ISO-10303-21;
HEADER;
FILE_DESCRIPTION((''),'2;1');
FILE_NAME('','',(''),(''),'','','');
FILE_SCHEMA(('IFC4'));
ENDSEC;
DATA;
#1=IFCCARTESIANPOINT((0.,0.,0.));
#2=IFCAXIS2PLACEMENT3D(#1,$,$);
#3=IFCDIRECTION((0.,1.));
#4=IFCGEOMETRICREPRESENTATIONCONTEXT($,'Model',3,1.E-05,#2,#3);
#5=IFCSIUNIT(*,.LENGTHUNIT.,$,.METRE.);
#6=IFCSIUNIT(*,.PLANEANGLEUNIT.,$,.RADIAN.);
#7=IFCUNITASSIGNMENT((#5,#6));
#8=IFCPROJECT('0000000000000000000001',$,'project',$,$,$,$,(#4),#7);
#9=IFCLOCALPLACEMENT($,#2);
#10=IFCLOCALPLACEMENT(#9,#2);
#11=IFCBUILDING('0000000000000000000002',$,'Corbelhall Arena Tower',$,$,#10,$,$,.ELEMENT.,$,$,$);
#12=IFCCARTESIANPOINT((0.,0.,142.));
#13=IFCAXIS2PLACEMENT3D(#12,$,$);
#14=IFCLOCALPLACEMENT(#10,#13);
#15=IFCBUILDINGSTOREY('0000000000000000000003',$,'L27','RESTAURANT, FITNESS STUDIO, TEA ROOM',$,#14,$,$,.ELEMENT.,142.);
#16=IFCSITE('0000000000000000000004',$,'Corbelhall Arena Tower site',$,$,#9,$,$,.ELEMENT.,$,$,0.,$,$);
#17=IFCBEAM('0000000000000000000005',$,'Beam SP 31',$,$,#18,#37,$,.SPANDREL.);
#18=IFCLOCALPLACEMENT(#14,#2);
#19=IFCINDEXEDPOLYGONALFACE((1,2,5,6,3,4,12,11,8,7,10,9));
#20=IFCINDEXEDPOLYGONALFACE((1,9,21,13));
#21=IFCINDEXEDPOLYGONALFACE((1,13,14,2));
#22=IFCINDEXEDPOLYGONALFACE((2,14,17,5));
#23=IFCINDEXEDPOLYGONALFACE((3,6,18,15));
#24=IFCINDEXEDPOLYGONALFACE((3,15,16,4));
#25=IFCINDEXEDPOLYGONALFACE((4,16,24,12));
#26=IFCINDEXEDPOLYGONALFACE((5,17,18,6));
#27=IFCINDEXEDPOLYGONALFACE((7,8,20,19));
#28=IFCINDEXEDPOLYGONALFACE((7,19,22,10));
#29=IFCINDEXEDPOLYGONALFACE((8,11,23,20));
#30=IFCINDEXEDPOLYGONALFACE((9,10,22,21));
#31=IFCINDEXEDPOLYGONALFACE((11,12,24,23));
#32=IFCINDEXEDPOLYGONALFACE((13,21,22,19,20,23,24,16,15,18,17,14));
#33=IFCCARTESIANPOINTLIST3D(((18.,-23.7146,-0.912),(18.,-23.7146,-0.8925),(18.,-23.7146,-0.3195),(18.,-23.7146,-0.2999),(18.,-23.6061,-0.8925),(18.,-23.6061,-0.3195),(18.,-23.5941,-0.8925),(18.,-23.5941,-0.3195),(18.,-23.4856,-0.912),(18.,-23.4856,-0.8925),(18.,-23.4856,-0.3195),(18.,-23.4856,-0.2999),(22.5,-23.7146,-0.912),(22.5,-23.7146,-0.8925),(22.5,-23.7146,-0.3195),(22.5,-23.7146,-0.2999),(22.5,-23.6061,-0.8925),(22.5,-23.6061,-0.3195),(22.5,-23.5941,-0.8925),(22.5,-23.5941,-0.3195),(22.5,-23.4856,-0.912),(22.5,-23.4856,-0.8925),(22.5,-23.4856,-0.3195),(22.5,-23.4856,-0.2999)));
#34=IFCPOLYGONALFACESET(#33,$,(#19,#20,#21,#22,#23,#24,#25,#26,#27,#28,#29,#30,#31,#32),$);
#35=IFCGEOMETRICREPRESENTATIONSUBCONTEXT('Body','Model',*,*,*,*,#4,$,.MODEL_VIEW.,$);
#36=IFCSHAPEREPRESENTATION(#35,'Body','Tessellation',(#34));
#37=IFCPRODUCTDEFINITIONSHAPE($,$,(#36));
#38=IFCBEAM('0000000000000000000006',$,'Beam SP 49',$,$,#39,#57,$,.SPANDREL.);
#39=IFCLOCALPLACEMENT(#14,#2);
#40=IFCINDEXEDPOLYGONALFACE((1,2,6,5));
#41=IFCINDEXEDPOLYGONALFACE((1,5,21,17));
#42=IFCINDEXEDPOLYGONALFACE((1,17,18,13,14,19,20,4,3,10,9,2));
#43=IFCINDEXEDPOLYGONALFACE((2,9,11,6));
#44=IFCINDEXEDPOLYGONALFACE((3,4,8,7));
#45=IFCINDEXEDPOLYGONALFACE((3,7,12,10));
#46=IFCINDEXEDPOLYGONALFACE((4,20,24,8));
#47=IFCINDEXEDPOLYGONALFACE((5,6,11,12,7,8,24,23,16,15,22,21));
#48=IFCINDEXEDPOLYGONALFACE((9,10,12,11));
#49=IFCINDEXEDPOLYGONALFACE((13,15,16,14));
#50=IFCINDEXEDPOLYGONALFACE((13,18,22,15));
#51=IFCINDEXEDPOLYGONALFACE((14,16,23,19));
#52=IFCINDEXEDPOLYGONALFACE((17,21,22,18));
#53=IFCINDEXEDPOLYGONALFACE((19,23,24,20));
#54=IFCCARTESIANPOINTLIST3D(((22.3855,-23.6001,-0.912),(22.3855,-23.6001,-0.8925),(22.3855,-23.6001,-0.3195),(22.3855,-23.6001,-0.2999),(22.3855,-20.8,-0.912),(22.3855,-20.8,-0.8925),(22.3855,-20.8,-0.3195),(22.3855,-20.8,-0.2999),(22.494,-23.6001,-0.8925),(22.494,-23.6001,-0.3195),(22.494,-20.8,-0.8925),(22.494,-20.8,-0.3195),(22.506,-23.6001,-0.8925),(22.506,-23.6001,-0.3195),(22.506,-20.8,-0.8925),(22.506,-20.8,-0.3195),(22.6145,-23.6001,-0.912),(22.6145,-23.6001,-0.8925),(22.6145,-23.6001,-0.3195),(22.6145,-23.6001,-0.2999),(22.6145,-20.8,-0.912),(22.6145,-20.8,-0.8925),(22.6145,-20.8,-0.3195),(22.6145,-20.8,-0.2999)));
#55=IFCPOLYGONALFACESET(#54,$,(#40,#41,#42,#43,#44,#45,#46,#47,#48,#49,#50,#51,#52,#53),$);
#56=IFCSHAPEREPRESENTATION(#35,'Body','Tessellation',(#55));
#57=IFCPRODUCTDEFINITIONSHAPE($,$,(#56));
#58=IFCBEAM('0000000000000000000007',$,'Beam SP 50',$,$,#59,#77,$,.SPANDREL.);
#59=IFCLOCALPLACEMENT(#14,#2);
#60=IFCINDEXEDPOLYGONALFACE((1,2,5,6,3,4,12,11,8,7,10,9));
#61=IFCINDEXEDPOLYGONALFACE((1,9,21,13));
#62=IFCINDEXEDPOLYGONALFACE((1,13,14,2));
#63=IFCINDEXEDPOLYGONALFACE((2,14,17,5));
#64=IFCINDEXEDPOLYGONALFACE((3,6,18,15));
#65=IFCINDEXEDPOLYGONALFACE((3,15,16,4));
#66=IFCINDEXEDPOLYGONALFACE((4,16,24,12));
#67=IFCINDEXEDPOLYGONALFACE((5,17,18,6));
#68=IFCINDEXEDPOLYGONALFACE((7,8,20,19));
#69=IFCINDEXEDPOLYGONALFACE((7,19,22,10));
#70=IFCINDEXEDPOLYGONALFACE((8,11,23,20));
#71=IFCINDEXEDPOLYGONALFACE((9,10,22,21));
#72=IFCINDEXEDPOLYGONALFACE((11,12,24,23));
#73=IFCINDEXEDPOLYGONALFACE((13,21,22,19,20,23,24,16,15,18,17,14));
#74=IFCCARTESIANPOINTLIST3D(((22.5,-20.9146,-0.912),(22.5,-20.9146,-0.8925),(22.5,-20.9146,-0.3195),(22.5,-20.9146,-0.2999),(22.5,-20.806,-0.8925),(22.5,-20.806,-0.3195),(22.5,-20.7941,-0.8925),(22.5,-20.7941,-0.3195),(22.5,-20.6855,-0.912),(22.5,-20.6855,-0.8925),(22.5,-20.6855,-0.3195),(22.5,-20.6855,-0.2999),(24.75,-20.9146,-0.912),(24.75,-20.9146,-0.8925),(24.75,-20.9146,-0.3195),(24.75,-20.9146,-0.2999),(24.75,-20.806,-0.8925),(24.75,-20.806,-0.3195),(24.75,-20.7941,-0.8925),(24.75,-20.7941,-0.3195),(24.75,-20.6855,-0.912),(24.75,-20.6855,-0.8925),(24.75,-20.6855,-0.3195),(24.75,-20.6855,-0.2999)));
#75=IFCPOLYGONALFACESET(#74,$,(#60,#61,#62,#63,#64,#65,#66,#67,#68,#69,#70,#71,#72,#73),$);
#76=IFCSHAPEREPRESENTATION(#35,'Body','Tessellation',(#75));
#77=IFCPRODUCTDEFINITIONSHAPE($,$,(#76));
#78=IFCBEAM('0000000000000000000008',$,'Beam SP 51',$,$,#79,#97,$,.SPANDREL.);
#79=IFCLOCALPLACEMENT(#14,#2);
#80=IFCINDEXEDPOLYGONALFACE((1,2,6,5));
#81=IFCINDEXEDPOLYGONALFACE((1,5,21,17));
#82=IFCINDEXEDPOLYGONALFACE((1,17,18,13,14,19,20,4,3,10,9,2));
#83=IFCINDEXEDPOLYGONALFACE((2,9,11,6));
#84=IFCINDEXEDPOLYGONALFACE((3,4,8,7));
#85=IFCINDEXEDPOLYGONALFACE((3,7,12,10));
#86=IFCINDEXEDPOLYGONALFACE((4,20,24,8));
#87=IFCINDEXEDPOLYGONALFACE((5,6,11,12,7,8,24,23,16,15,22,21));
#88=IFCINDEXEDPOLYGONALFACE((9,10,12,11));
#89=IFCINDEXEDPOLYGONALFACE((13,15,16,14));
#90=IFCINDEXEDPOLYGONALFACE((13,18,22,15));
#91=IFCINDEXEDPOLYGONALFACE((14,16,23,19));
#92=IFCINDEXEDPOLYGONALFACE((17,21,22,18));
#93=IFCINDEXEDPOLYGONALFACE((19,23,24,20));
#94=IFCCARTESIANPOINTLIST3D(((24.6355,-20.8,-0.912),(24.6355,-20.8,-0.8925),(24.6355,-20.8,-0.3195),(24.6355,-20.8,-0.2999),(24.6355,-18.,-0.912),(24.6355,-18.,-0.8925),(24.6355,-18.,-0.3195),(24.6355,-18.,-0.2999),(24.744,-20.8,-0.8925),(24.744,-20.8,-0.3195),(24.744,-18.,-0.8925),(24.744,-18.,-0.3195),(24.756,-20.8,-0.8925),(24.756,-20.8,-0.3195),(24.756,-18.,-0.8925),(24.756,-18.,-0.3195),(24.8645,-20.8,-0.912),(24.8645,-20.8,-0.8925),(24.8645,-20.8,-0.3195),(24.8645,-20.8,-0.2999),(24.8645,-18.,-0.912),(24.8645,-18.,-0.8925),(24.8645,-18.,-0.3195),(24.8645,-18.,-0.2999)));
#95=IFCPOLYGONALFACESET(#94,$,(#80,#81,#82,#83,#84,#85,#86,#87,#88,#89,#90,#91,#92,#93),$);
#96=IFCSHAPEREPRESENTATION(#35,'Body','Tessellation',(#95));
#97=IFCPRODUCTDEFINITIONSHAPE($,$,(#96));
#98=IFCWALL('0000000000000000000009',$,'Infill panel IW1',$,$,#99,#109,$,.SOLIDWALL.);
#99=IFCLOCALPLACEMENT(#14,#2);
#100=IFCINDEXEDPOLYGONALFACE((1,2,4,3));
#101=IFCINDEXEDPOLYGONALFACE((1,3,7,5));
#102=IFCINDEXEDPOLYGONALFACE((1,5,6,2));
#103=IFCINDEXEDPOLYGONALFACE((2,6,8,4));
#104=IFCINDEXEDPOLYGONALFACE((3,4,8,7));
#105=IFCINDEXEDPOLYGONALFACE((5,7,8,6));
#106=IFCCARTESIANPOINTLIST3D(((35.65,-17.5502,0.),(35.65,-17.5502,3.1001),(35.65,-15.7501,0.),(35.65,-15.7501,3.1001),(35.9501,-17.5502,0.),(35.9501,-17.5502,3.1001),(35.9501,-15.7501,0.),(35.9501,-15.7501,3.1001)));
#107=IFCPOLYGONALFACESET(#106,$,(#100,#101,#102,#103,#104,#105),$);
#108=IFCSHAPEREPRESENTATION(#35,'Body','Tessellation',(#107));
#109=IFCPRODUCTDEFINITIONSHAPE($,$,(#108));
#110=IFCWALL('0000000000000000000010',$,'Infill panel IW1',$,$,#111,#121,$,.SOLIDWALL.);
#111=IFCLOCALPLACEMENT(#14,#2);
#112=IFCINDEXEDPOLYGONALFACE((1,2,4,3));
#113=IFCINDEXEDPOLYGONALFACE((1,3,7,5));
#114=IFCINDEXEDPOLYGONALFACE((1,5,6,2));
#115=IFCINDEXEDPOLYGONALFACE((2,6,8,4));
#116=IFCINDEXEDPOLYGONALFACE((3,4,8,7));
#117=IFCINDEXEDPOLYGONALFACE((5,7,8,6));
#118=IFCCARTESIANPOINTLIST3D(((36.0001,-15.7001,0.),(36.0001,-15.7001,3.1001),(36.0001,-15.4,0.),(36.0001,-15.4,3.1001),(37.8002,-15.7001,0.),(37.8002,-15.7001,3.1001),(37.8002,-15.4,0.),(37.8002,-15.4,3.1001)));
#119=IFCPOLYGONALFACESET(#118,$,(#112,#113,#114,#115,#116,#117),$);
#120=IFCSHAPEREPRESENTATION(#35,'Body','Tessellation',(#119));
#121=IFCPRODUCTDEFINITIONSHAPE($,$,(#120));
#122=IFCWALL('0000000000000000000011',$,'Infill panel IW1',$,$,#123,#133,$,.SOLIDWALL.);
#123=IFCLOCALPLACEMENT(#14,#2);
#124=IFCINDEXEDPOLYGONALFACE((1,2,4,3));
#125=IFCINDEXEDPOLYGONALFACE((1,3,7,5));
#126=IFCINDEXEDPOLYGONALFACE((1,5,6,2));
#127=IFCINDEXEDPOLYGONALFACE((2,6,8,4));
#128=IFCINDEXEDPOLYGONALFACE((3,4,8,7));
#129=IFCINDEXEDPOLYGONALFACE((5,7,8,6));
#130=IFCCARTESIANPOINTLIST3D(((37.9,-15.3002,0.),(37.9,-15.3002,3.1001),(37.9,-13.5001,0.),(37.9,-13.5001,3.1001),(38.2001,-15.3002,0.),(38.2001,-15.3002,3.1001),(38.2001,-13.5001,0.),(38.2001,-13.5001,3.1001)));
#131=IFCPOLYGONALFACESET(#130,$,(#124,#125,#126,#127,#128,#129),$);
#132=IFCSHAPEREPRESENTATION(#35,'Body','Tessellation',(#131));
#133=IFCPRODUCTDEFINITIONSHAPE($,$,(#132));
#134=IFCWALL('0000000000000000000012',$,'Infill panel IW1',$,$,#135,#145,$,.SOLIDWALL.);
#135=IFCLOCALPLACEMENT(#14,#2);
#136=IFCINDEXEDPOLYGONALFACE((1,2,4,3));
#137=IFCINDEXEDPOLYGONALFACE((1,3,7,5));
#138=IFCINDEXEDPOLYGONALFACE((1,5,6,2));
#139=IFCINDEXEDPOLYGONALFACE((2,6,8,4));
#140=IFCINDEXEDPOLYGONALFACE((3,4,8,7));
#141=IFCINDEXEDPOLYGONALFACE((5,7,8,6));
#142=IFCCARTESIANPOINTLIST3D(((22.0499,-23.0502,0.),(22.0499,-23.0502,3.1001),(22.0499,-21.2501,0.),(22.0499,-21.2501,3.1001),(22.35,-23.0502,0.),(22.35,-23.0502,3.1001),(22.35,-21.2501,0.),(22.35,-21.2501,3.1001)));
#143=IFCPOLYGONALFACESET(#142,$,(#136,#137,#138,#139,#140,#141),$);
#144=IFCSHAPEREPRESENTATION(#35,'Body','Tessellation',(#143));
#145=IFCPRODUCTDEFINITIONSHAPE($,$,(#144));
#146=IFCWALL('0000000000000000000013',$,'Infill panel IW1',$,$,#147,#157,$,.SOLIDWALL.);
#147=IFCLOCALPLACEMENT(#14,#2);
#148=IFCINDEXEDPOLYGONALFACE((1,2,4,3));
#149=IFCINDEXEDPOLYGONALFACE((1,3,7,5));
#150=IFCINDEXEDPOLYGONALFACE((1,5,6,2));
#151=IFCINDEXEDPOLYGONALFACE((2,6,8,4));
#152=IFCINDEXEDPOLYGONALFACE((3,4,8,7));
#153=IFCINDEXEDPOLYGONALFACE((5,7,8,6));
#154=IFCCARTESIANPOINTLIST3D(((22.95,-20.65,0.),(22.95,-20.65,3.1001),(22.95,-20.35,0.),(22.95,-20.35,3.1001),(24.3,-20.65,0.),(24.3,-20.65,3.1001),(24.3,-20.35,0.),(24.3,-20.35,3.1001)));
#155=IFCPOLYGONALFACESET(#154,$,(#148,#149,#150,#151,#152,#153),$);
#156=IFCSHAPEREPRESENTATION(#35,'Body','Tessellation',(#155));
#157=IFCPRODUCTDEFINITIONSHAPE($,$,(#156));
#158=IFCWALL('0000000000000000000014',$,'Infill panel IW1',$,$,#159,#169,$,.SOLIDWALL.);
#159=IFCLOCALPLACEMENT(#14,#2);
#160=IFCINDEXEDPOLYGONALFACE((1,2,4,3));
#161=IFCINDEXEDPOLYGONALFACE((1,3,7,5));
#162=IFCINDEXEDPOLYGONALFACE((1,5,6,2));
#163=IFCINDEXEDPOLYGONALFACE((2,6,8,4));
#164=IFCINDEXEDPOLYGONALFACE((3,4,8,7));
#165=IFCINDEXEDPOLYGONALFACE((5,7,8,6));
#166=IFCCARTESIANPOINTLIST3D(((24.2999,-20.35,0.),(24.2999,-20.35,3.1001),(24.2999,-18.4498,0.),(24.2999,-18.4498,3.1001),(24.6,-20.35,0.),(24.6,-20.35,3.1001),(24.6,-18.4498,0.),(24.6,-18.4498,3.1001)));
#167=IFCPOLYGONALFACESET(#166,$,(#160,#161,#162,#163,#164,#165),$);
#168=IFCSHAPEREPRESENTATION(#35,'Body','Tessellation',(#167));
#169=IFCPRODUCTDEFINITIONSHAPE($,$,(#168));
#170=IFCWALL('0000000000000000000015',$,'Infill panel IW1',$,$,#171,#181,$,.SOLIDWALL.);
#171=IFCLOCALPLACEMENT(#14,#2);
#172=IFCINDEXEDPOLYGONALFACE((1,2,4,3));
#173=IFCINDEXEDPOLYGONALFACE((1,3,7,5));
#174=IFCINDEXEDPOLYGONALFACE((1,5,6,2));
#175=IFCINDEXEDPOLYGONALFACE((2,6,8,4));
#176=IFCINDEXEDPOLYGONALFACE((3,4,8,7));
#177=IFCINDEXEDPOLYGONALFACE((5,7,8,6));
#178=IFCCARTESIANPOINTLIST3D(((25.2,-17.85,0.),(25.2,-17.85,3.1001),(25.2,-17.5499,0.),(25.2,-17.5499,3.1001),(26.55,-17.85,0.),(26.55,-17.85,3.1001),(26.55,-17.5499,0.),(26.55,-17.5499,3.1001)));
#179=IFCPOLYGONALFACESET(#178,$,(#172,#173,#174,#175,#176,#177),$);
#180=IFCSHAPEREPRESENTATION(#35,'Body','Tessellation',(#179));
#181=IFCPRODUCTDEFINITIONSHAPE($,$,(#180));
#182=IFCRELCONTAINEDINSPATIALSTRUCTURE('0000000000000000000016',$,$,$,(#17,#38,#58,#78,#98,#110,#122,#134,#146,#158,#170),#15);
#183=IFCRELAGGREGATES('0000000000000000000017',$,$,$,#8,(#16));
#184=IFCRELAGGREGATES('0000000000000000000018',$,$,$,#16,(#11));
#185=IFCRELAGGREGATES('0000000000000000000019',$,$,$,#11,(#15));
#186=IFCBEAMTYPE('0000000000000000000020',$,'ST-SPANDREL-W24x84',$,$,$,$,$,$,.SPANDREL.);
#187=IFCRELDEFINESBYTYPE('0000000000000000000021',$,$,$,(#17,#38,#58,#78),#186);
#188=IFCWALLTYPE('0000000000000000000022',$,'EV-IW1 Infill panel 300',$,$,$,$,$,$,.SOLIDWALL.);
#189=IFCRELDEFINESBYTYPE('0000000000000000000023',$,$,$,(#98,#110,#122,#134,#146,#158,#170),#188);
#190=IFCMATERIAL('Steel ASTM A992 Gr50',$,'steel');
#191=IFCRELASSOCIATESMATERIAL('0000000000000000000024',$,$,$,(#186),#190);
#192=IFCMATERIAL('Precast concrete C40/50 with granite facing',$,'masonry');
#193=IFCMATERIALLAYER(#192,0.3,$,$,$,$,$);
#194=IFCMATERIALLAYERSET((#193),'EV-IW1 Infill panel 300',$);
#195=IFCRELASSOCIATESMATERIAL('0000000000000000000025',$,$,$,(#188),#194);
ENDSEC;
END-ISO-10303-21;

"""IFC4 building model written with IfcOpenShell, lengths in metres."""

from ifc_helpers import new_model, si_unit, direction, frame, frame_2d, origin, origin_2d, place, context, subcontext, project, spatial, rectangle, i_section, extrude, material, layer, layer_set, material_profile, profile_set, type_object, element, save


model = new_model("IFC4")

# Units and contexts
model_context = context("Model", 3, precision=1e-05, world=origin(), true_north=direction((0.0, 1.0)))
body_context = subcontext(model_context, "Body", "Model", "MODEL_VIEW")
ifc_project = project(units=[si_unit("LENGTHUNIT", "METRE"), si_unit("PLANEANGLEUNIT", "RADIAN")], contexts=[model_context])

# Site, building, storey
site_placement = place(None, origin())
site = spatial("IfcSite", under=ifc_project, at=site_placement, Name="Corbelhall Arena Tower site", CompositionType="ELEMENT", RefElevation=0.0)
building_placement = place(site_placement, origin())
building = spatial("IfcBuilding", under=site, at=building_placement, Name="Corbelhall Arena Tower", CompositionType="ELEMENT")
storey_placement = place(building_placement, frame((0.0, 0.0, 142.0)))
storey = spatial("IfcBuildingStorey", under=building, at=storey_placement, Name="L27", Description="RESTAURANT, FITNESS STUDIO, TEA ROOM", CompositionType="ELEMENT", Elevation=142.0)

# Beams
ifc_material_1 = material(Name="Steel ASTM A992 Gr50", Category="steel")
ifc_material_profile_1 = material_profile(ifc_material_1, i_section(OverallWidth=0.229, OverallDepth=0.6121, WebThickness=0.012, FlangeThickness=0.0195, at=origin_2d()))
ifc_profile_set_1 = profile_set([ifc_material_profile_1], Name="Steel ASTM A992 Gr50")
beam_type = type_object("IfcBeamType", Name="ST-SPANDREL-W24x84", PredefinedType="SPANDREL", material=ifc_profile_set_1)
beam_1_placement = place(storey_placement, frame((22.5, -23.6001, -0.606), z_axis=(-1.0, 0.0, 0.0), x_axis=(0.0, -1.0, 0.0)))
element("IfcBeam", 1, at=beam_1_placement, inside=storey, type_object=beam_type, Name="Beam SP 31", PredefinedType="SPANDREL", context=body_context, shape_type="SweptSolid", body=[
    extrude(i_section(OverallWidth=0.229, OverallDepth=0.6121, WebThickness=0.012, FlangeThickness=0.0195, at=origin_2d()), origin(), (0.0, 0.0, 1.0), 4.5),
])
beam_2_placement = place(storey_placement, frame((22.5, -20.8, -0.606), z_axis=(0.0, -1.0, 0.0), x_axis=(1.0, 0.0, 0.0)))
element("IfcBeam", 2, at=beam_2_placement, inside=storey, type_object=beam_type, Name="Beam SP 49", PredefinedType="SPANDREL", context=body_context, shape_type="SweptSolid", body=[
    extrude(i_section(OverallWidth=0.229, OverallDepth=0.6121, WebThickness=0.012, FlangeThickness=0.0195, at=origin_2d()), origin(), (0.0, 0.0, 1.0), 2.8),
])
beam_3_placement = place(storey_placement, frame((24.75, -20.8, -0.606), z_axis=(-1.0, 0.0, 0.0), x_axis=(0.0, -1.0, 0.0)))
element("IfcBeam", 3, at=beam_3_placement, inside=storey, type_object=beam_type, Name="Beam SP 50", PredefinedType="SPANDREL", context=body_context, shape_type="SweptSolid", body=[
    extrude(i_section(OverallWidth=0.229, OverallDepth=0.6121, WebThickness=0.012, FlangeThickness=0.0195, at=origin_2d()), origin(), (0.0, 0.0, 1.0), 2.25),
])
beam_4_placement = place(storey_placement, frame((24.75, -18.0, -0.606), z_axis=(0.0, -1.0, 0.0), x_axis=(1.0, 0.0, 0.0)))
element("IfcBeam", 4, at=beam_4_placement, inside=storey, type_object=beam_type, Name="Beam SP 51", PredefinedType="SPANDREL", context=body_context, shape_type="SweptSolid", body=[
    extrude(i_section(OverallWidth=0.229, OverallDepth=0.6121, WebThickness=0.012, FlangeThickness=0.0195, at=origin_2d()), origin(), (0.0, 0.0, 1.0), 2.8),
])

# Walls
ifc_material_2 = material(Name="Precast concrete C40/50 with granite facing", Category="masonry")
ifc_layer = layer(ifc_material_2, 0.3)
ifc_layer_set = layer_set([ifc_layer], Name="EV-IW1 Infill panel 300")
wall_type = type_object("IfcWallType", Name="EV-IW1 Infill panel 300", PredefinedType="SOLIDWALL", material=ifc_layer_set)
for number, where, z_axis, x_axis, name in (
    (5, (35.8, -17.55, 0.0), (0.0, 0.0, 1.0), (0.0, 1.0, 0.0), "Infill panel IW1"),
    (6, (37.8, -15.55, 0.0), (0.0, 0.0, 1.0), (-1.0, 0.0, 0.0), "Infill panel IW1"),
    (7, (38.05, -15.3, 0.0), (0.0, 0.0, 1.0), (0.0, 1.0, 0.0), "Infill panel IW1"),
    (8, (22.2, -23.05, 0.0), (0.0, 0.0, 1.0), (0.0, 1.0, 0.0), "Infill panel IW1"),
):
    element("IfcWall", number, at=place(storey_placement, frame(where, z_axis=z_axis, x_axis=x_axis)), inside=storey, type_object=wall_type, Name=name, PredefinedType="SOLIDWALL", context=body_context, shape_type="SweptSolid", body=[
        extrude(rectangle(XDim=1.8, YDim=0.3, at=frame_2d((0.8999, 0.0))), origin(), (0.0, 0.0, 1.0), 3.1001),
    ])
wall_1_placement = place(storey_placement, frame((22.95, -20.5, 0.0), z_axis=(0.0, 0.0, 1.0), x_axis=(1.0, 0.0, 0.0)))
element("IfcWall", 9, at=wall_1_placement, inside=storey, type_object=wall_type, Name="Infill panel IW1", PredefinedType="SOLIDWALL", context=body_context, shape_type="SweptSolid", body=[
    extrude(rectangle(XDim=1.3501, YDim=0.3, at=frame_2d((0.675, 0.0))), origin(), (0.0, 0.0, 1.0), 3.1001),
])
wall_2_placement = place(storey_placement, frame((24.45, -20.3501, 0.0), z_axis=(0.0, 0.0, 1.0), x_axis=(0.0, 1.0, 0.0)))
element("IfcWall", 10, at=wall_2_placement, inside=storey, type_object=wall_type, Name="Infill panel IW1", PredefinedType="SOLIDWALL", context=body_context, shape_type="SweptSolid", body=[
    extrude(rectangle(XDim=1.9001, YDim=0.3, at=frame_2d((0.9502, 0.0))), origin(), (0.0, 0.0, 1.0), 3.1001),
])
wall_3_placement = place(storey_placement, frame((25.2, -17.7, 0.0), z_axis=(0.0, 0.0, 1.0), x_axis=(1.0, 0.0, 0.0)))
element("IfcWall", 11, at=wall_3_placement, inside=storey, type_object=wall_type, Name="Infill panel IW1", PredefinedType="SOLIDWALL", context=body_context, shape_type="SweptSolid", body=[
    extrude(rectangle(XDim=1.3501, YDim=0.3, at=frame_2d((0.675, 0.0))), origin(), (0.0, 0.0, 1.0), 3.1001),
])

save(model, "model.ifc")
